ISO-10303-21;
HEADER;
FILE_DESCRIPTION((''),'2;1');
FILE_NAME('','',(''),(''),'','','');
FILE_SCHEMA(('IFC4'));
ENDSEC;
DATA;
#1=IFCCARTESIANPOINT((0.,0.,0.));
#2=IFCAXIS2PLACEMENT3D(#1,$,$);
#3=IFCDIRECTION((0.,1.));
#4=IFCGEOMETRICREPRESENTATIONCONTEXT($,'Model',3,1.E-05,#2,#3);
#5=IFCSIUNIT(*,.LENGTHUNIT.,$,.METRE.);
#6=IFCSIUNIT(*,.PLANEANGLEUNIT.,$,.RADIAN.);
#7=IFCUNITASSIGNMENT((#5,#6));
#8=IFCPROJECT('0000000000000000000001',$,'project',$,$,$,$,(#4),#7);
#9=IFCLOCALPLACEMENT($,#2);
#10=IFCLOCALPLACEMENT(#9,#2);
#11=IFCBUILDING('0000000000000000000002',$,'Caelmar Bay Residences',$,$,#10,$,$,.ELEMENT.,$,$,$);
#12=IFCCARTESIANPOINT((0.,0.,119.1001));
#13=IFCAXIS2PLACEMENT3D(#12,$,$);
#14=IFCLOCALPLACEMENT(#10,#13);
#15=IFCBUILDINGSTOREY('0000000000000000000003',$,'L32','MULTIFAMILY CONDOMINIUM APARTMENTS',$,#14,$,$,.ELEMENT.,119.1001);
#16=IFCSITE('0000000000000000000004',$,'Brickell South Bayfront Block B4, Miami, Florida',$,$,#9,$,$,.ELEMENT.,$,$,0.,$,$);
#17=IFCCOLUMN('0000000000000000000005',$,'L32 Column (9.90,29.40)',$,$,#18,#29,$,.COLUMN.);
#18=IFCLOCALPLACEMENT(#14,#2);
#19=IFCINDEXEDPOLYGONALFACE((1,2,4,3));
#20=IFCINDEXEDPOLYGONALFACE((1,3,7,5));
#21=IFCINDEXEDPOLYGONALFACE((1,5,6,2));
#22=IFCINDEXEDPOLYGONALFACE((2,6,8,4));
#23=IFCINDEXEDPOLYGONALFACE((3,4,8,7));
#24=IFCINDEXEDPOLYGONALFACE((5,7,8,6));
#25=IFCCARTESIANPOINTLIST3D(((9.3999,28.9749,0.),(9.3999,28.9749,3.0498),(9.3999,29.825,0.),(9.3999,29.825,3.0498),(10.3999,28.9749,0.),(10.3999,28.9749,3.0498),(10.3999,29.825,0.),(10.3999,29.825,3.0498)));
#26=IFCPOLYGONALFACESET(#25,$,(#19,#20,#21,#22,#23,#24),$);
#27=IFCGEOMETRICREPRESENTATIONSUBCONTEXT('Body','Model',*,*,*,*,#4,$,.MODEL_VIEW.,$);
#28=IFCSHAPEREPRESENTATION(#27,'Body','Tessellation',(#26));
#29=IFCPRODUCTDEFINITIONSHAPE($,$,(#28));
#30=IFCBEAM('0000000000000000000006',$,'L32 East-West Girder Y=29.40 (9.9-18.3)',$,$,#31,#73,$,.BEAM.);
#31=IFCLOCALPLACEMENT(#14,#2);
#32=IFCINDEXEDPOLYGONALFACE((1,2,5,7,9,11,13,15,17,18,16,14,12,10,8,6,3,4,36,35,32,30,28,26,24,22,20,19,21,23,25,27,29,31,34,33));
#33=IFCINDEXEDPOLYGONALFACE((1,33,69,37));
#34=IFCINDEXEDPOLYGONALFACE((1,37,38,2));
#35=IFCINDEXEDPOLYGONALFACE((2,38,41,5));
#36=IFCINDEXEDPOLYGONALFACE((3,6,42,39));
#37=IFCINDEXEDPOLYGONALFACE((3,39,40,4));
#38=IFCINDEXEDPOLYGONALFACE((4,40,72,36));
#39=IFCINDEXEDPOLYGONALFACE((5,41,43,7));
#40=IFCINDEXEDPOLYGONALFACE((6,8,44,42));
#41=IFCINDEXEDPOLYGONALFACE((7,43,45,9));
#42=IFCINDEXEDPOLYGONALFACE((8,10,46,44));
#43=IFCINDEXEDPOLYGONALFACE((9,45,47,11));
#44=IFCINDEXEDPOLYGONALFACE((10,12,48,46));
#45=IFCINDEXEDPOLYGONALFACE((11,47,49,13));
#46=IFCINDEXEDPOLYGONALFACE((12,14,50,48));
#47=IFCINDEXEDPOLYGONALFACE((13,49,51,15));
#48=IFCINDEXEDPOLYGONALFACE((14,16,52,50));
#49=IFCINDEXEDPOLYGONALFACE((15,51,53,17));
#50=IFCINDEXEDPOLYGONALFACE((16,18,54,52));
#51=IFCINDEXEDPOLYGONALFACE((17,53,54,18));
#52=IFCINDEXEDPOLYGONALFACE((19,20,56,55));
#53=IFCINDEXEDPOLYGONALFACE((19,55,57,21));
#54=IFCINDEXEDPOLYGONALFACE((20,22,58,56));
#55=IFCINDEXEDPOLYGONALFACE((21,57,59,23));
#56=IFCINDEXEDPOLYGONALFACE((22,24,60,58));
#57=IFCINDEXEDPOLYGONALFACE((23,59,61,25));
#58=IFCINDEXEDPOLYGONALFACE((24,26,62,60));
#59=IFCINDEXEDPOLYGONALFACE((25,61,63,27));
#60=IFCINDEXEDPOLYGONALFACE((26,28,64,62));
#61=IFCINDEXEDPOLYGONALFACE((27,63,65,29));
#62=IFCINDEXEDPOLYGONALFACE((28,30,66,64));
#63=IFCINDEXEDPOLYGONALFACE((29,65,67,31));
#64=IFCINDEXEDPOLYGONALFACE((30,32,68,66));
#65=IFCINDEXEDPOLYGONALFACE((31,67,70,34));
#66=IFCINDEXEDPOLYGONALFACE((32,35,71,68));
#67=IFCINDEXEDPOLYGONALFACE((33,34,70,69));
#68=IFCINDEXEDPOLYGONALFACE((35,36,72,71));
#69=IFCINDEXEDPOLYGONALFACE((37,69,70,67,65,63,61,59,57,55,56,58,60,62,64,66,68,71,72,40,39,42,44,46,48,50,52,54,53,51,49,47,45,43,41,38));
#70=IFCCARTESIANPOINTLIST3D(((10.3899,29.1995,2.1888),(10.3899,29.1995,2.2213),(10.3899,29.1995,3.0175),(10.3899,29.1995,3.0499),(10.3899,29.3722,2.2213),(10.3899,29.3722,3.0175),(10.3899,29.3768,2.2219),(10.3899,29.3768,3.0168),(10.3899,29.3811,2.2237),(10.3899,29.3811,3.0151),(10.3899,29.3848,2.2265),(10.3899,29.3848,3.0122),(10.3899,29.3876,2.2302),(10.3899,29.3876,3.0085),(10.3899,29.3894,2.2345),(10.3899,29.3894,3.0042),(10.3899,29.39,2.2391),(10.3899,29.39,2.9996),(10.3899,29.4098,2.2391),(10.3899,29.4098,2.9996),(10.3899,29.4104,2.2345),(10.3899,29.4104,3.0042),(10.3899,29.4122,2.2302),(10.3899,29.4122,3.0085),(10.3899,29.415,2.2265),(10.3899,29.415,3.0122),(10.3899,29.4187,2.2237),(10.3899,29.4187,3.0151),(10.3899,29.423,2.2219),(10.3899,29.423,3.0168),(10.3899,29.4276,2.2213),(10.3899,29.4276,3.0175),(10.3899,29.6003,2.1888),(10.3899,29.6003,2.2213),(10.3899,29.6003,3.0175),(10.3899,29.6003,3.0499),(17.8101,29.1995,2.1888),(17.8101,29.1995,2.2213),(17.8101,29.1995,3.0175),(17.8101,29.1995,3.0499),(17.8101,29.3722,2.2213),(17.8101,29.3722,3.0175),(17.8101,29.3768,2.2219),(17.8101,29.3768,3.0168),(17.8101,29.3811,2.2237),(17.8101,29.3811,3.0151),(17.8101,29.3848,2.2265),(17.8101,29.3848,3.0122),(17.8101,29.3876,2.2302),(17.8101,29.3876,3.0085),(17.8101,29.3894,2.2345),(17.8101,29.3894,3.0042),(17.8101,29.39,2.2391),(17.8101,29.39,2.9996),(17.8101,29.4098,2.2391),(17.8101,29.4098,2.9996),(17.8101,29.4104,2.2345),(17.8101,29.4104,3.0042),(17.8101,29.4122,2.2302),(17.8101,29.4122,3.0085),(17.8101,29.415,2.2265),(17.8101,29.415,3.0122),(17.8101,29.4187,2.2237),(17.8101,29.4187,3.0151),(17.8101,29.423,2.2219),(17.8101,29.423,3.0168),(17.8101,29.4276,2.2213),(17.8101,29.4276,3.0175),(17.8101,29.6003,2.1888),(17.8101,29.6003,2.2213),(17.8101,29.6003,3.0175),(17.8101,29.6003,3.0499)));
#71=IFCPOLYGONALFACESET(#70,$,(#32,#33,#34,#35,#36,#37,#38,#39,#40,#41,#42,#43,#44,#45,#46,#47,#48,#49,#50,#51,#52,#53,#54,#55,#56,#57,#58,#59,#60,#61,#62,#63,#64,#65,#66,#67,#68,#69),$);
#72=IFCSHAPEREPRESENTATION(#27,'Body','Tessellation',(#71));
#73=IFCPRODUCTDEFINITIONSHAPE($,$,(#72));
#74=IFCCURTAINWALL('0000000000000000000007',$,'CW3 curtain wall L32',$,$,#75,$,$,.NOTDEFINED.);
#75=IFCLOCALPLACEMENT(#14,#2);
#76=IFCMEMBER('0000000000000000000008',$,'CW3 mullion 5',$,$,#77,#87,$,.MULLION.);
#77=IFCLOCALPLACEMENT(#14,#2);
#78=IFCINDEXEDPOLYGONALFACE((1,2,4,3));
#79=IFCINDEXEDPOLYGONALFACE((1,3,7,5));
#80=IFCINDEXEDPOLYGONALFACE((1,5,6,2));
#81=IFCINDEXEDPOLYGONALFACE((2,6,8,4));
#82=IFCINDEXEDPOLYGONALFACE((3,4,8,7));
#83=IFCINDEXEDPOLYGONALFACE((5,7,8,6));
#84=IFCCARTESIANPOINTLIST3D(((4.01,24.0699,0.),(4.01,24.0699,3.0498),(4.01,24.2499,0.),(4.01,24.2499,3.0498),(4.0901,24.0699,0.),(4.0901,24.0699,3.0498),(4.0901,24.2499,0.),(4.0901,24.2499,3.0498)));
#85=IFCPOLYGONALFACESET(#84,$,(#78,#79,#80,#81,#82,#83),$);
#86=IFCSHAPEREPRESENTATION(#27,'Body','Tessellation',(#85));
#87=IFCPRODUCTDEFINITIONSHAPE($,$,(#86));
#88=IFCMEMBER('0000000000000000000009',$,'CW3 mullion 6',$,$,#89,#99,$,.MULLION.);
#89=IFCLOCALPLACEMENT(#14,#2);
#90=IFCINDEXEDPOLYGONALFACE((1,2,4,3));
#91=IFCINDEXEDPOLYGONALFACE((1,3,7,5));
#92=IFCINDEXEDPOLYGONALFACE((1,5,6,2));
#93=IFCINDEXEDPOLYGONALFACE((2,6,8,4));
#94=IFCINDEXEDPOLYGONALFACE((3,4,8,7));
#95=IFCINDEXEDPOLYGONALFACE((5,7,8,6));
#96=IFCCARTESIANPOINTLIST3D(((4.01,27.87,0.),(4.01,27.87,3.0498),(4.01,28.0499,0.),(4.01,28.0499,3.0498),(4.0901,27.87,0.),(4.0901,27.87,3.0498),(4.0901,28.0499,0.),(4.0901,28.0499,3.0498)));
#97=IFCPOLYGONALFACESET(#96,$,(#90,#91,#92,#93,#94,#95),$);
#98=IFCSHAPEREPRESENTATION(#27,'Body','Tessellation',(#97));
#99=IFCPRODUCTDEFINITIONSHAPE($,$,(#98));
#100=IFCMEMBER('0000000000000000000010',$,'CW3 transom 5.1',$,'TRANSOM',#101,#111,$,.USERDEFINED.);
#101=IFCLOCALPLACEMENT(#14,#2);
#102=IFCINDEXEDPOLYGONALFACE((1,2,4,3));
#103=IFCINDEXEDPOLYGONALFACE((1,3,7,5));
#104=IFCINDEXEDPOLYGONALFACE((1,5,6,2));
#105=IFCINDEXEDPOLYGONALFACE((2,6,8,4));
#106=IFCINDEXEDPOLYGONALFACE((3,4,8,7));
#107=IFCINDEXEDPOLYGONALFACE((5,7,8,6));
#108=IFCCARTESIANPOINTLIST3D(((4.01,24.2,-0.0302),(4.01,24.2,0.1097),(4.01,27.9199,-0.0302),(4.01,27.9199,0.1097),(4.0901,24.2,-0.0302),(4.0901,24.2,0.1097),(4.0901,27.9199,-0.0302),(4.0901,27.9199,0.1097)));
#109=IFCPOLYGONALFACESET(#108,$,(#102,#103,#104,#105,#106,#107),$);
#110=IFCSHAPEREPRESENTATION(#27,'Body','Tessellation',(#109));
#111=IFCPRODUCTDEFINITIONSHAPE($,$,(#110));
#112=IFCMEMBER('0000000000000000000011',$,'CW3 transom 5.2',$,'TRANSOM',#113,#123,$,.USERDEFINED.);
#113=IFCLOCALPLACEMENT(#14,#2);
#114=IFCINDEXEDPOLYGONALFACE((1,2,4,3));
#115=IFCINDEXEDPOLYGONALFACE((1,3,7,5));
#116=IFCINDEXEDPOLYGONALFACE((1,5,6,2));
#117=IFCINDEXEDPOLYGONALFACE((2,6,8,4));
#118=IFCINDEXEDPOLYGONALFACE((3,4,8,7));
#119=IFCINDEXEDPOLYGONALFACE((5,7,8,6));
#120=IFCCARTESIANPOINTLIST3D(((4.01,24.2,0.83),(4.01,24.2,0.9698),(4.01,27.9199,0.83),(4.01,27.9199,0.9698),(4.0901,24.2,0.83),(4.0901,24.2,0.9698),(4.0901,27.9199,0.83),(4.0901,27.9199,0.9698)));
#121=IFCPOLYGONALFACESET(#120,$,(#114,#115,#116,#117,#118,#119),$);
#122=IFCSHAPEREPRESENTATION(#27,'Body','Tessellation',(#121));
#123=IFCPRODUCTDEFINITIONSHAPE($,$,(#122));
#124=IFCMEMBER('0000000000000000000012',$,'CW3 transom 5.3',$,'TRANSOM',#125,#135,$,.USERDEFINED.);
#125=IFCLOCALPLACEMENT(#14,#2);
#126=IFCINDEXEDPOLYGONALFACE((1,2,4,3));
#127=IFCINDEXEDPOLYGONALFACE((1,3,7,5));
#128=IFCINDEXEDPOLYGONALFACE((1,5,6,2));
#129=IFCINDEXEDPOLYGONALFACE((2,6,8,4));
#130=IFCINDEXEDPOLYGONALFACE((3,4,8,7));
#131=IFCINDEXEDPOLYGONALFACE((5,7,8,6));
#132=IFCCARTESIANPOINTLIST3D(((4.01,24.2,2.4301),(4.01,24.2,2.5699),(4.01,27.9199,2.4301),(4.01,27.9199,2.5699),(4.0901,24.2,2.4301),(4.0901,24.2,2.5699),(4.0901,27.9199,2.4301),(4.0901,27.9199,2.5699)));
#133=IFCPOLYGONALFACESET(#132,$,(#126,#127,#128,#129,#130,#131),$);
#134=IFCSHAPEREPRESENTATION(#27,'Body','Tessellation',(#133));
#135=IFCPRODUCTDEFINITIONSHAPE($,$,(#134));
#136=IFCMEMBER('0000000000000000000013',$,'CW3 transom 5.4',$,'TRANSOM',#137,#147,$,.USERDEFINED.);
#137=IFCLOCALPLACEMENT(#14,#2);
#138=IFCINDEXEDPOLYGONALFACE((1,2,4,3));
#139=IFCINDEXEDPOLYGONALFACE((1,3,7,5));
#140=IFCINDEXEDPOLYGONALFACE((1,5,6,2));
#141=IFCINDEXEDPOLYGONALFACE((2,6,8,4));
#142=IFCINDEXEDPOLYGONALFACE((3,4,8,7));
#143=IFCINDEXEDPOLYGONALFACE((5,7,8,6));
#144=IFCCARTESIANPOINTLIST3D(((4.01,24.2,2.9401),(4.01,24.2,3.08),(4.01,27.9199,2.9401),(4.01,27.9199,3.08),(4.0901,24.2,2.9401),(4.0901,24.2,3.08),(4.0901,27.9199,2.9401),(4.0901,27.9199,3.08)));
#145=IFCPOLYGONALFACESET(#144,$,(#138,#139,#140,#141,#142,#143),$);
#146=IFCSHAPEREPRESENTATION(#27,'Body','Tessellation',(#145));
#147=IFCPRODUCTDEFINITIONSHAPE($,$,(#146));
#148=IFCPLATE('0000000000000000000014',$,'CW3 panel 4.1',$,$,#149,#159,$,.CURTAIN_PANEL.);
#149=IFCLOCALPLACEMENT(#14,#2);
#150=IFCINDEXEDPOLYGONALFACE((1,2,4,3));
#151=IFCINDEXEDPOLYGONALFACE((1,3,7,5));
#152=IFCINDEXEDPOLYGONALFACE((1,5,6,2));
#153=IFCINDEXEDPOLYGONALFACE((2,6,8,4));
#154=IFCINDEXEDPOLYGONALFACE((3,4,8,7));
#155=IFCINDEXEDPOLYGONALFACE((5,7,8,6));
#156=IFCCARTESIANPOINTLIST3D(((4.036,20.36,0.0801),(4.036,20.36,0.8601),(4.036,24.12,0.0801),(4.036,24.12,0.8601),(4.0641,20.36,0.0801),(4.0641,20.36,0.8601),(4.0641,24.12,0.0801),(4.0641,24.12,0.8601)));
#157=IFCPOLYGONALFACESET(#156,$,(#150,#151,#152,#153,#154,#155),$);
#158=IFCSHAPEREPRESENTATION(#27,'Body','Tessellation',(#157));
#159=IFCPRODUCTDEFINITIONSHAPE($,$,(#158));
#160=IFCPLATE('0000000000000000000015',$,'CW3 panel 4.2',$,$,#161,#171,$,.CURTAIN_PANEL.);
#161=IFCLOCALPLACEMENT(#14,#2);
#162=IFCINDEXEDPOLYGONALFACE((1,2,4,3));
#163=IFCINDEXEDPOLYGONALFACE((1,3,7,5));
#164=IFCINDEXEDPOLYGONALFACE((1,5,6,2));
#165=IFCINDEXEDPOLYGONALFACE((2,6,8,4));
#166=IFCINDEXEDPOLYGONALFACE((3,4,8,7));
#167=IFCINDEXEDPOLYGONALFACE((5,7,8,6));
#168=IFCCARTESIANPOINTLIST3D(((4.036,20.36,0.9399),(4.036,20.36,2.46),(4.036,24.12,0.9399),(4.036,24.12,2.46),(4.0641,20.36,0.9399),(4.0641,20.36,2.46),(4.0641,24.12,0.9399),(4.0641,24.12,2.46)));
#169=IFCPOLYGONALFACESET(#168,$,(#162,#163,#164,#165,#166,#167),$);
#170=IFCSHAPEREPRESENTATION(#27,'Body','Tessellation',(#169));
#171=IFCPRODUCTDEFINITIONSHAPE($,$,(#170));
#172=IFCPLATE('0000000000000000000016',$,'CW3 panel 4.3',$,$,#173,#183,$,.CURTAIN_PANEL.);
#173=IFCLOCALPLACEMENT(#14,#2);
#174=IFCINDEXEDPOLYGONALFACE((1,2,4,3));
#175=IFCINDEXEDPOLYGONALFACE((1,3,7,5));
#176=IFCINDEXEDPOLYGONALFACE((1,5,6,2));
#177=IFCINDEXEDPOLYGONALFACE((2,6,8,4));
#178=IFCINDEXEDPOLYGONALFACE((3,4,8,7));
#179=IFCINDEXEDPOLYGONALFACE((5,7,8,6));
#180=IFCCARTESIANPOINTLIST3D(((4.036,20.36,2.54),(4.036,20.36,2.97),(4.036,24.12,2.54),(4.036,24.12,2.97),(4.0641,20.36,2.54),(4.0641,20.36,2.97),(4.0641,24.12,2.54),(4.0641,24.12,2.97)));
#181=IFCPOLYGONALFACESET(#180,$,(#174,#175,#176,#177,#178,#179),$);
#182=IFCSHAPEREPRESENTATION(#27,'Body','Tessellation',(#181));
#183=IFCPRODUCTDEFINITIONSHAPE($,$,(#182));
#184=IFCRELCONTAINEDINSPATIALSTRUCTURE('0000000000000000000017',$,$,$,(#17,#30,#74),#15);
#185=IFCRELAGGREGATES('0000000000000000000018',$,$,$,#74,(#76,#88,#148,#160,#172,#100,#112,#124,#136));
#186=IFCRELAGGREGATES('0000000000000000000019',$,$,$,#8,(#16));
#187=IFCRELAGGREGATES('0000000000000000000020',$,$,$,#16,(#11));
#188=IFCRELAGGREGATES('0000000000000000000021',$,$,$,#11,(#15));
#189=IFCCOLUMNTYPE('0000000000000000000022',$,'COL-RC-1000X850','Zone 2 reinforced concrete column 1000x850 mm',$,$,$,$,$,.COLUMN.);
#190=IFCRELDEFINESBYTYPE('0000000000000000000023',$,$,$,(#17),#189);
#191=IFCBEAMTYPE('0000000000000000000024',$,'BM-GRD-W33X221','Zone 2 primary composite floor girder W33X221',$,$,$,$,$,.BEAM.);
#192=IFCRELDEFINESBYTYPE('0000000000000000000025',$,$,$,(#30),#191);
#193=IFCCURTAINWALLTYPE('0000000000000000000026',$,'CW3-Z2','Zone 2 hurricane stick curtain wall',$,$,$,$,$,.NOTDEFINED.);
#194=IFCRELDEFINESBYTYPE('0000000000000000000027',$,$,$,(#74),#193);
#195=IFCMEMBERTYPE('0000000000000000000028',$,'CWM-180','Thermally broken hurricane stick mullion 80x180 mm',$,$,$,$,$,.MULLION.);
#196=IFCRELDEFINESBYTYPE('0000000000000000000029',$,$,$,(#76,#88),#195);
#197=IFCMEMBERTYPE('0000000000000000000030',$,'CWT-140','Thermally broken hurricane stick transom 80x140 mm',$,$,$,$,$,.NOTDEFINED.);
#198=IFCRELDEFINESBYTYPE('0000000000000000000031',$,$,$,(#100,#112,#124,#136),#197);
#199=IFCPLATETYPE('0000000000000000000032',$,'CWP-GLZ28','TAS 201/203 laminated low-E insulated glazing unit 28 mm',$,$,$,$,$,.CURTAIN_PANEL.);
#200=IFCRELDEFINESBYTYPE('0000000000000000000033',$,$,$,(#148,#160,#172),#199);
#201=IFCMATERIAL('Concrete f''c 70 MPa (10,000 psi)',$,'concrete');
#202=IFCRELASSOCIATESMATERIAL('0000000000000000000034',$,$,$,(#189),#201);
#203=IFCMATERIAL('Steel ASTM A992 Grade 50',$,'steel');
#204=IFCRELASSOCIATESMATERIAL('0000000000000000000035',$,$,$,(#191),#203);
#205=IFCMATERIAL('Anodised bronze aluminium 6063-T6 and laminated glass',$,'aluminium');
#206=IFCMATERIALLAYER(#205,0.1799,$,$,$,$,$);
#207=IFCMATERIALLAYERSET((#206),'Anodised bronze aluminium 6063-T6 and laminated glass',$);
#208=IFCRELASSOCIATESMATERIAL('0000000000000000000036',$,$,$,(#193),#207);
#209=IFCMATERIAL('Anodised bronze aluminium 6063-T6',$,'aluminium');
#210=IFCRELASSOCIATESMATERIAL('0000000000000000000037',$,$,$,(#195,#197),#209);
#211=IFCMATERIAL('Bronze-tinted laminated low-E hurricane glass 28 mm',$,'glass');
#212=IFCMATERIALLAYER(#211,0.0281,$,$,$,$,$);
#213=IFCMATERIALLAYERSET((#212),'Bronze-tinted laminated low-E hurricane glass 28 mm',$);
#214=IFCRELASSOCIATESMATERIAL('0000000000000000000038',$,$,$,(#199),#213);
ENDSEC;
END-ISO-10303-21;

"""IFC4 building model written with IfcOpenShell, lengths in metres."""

from ifc_helpers import new_model, si_unit, direction, frame, origin, origin_2d, place, context, subcontext, project, spatial, rectangle, i_section, extrude, material, layer, layer_set, material_profile, profile_set, type_object, element, aggregate, save


model = new_model("IFC4")

# Units and contexts
model_context = context("Model", 3, precision=1e-05, world=origin(), true_north=direction((0.0, 1.0)))
body_context = subcontext(model_context, "Body", "Model", "MODEL_VIEW")
ifc_project = project(units=[si_unit("LENGTHUNIT", "METRE"), si_unit("PLANEANGLEUNIT", "RADIAN")], contexts=[model_context])

# Site, building, storey
site_placement = place(None, origin())
site = spatial("IfcSite", under=ifc_project, at=site_placement, Name="Brickell South Bayfront Block B4, Miami, Florida", CompositionType="ELEMENT", RefElevation=0.0)
building_placement = place(site_placement, origin())
building = spatial("IfcBuilding", under=site, at=building_placement, Name="Caelmar Bay Residences", CompositionType="ELEMENT")
storey_placement = place(building_placement, frame((0.0, 0.0, 119.1001)))
storey = spatial("IfcBuildingStorey", under=building, at=storey_placement, Name="L32", Description="MULTIFAMILY CONDOMINIUM APARTMENTS", CompositionType="ELEMENT", Elevation=119.1001)

# Column
ifc_material_1 = material(Name="Concrete f'c 70 MPa (10,000 psi)", Category="concrete")
ifc_material_profile_1 = material_profile(ifc_material_1, rectangle(XDim=1.0, YDim=0.8501, at=origin_2d()), Name="RC-COL-1000X850")
ifc_profile_set_1 = profile_set([ifc_material_profile_1], Name="Concrete f'c 70 MPa (10,000 psi)")
column_type = type_object("IfcColumnType", Name="COL-RC-1000X850", Description="Zone 2 reinforced concrete column 1000x850 mm", PredefinedType="COLUMN", material=ifc_profile_set_1)
column_placement = place(storey_placement, frame((9.8999, 29.3999, 0.0), z_axis=(0.0, 0.0, 1.0), x_axis=(1.0, 0.0, 0.0)))
element("IfcColumn", 1, at=column_placement, inside=storey, type_object=column_type, Name="L32 Column (9.90,29.40)", PredefinedType="COLUMN", context=body_context, shape_type="SweptSolid", body=[
    extrude(rectangle(XDim=1.0, YDim=0.8501, at=origin_2d()), origin(), (0.0, 0.0, 1.0), 3.0498),
])

# Beam
ifc_material_2 = material(Name="Steel ASTM A992 Grade 50", Category="steel")
ifc_material_profile_2 = material_profile(ifc_material_2, i_section(OverallWidth=0.4009, OverallDepth=0.8611, WebThickness=0.0198, FlangeThickness=0.0325, FilletRadius=0.0178, at=origin_2d()), Name="W33X221")
ifc_profile_set_2 = profile_set([ifc_material_profile_2], Name="Steel ASTM A992 Grade 50")
beam_type = type_object("IfcBeamType", Name="BM-GRD-W33X221", Description="Zone 2 primary composite floor girder W33X221", PredefinedType="BEAM", material=ifc_profile_set_2)
beam_placement = place(storey_placement, frame((10.3899, 29.3999, 2.6194), z_axis=(1.0, 0.0, 0.0), x_axis=(0.0, 1.0, 0.0)))
element("IfcBeam", 2, at=beam_placement, inside=storey, type_object=beam_type, Name="L32 East-West Girder Y=29.40 (9.9-18.3)", PredefinedType="BEAM", context=body_context, shape_type="SweptSolid", body=[
    extrude(i_section(OverallWidth=0.4009, OverallDepth=0.8611, WebThickness=0.0198, FlangeThickness=0.0325, FilletRadius=0.0178, at=origin_2d()), origin(), (0.0, 0.0, 1.0), 7.4202),
])

# Curtain wall, members, plates
ifc_material_3 = material(Name="Anodised bronze aluminium 6063-T6 and laminated glass", Category="aluminium")
ifc_layer_1 = layer(ifc_material_3, 0.1799)
ifc_layer_set_1 = layer_set([ifc_layer_1], Name="Anodised bronze aluminium 6063-T6 and laminated glass")
curtain_wall_type = type_object("IfcCurtainWallType", Name="CW3-Z2", Description="Zone 2 hurricane stick curtain wall", PredefinedType="NOTDEFINED", material=ifc_layer_set_1)
curtain_wall_placement = place(storey_placement, origin())
curtain_wall = element("IfcCurtainWall", 3, at=curtain_wall_placement, inside=storey, type_object=curtain_wall_type, Name="CW3 curtain wall L32", PredefinedType="NOTDEFINED")
ifc_material_4 = material(Name="Anodised bronze aluminium 6063-T6", Category="aluminium")
ifc_material_profile_3 = material_profile(ifc_material_4, rectangle(XDim=0.0801, YDim=0.1799, at=origin_2d()), Name="CWM-80X180")
ifc_profile_set_3 = profile_set([ifc_material_profile_3], Name="Anodised bronze aluminium 6063-T6")
member_type_1 = type_object("IfcMemberType", Name="CWM-180", Description="Thermally broken hurricane stick mullion 80x180 mm", PredefinedType="MULLION", material=ifc_profile_set_3)
member_1_placement = place(storey_placement, frame((4.05, 24.1599, 0.0), z_axis=(0.0, 0.0, 1.0), x_axis=(-1.0, 0.0, 0.0)))
member_1 = element("IfcMember", 4, at=member_1_placement, type_object=member_type_1, Name="CW3 mullion 5", PredefinedType="MULLION", context=body_context, shape_type="SweptSolid", body=[
    extrude(rectangle(XDim=0.0801, YDim=0.1799, at=origin_2d()), origin(), (0.0, 0.0, 1.0), 3.0498),
])
member_2_placement = place(storey_placement, frame((4.05, 27.96, 0.0), z_axis=(0.0, 0.0, 1.0), x_axis=(-1.0, 0.0, 0.0)))
member_2 = element("IfcMember", 5, at=member_2_placement, type_object=member_type_1, Name="CW3 mullion 6", PredefinedType="MULLION", context=body_context, shape_type="SweptSolid", body=[
    extrude(rectangle(XDim=0.0801, YDim=0.1799, at=origin_2d()), origin(), (0.0, 0.0, 1.0), 3.0498),
])
ifc_material_profile_4 = material_profile(ifc_material_4, rectangle(XDim=0.0801, YDim=0.1399, at=origin_2d()), Name="CWT-80X140")
ifc_profile_set_4 = profile_set([ifc_material_profile_4], Name="Anodised bronze aluminium 6063-T6")
member_type_2 = type_object("IfcMemberType", Name="CWT-140", Description="Thermally broken hurricane stick transom 80x140 mm", PredefinedType="NOTDEFINED", material=ifc_profile_set_4)
member_3_placement = place(storey_placement, frame((4.05, 24.2, 0.0398), z_axis=(0.0, 1.0, 0.0), x_axis=(-1.0, 0.0, 0.0)))
member_3 = element("IfcMember", 6, at=member_3_placement, type_object=member_type_2, Name="CW3 transom 5.1", ObjectType="TRANSOM", PredefinedType="USERDEFINED", context=body_context, shape_type="SweptSolid", body=[
    extrude(rectangle(XDim=0.0801, YDim=0.1399, at=origin_2d()), origin(), (0.0, 0.0, 1.0), 3.72),
])
member_4_placement = place(storey_placement, frame((4.05, 24.2, 0.8999), z_axis=(0.0, 1.0, 0.0), x_axis=(-1.0, 0.0, 0.0)))
member_4 = element("IfcMember", 7, at=member_4_placement, type_object=member_type_2, Name="CW3 transom 5.2", ObjectType="TRANSOM", PredefinedType="USERDEFINED", context=body_context, shape_type="SweptSolid", body=[
    extrude(rectangle(XDim=0.0801, YDim=0.1399, at=origin_2d()), origin(), (0.0, 0.0, 1.0), 3.72),
])
member_5_placement = place(storey_placement, frame((4.05, 24.2, 2.5), z_axis=(0.0, 1.0, 0.0), x_axis=(-1.0, 0.0, 0.0)))
member_5 = element("IfcMember", 8, at=member_5_placement, type_object=member_type_2, Name="CW3 transom 5.3", ObjectType="TRANSOM", PredefinedType="USERDEFINED", context=body_context, shape_type="SweptSolid", body=[
    extrude(rectangle(XDim=0.0801, YDim=0.1399, at=origin_2d()), origin(), (0.0, 0.0, 1.0), 3.72),
])
member_6_placement = place(storey_placement, frame((4.05, 24.2, 3.01), z_axis=(0.0, 1.0, 0.0), x_axis=(-1.0, 0.0, 0.0)))
member_6 = element("IfcMember", 9, at=member_6_placement, type_object=member_type_2, Name="CW3 transom 5.4", ObjectType="TRANSOM", PredefinedType="USERDEFINED", context=body_context, shape_type="SweptSolid", body=[
    extrude(rectangle(XDim=0.0801, YDim=0.1399, at=origin_2d()), origin(), (0.0, 0.0, 1.0), 3.72),
])
ifc_material_5 = material(Name="Bronze-tinted laminated low-E hurricane glass 28 mm", Category="glass")
ifc_layer_2 = layer(ifc_material_5, 0.0281)
ifc_layer_set_2 = layer_set([ifc_layer_2], Name="Bronze-tinted laminated low-E hurricane glass 28 mm")
plate_type = type_object("IfcPlateType", Name="CWP-GLZ28", Description="TAS 201/203 laminated low-E insulated glazing unit 28 mm", PredefinedType="CURTAIN_PANEL", material=ifc_layer_set_2)
plate_1_placement = place(storey_placement, frame((4.05, 22.24, 0.0801), z_axis=(0.0, 0.0, 1.0), x_axis=(0.0, 1.0, 0.0)))
plate_1 = element("IfcPlate", 10, at=plate_1_placement, type_object=plate_type, Name="CW3 panel 4.1", PredefinedType="CURTAIN_PANEL", context=body_context, shape_type="SweptSolid", body=[
    extrude(rectangle(XDim=3.76, YDim=0.0281, at=origin_2d()), origin(), (0.0, 0.0, 1.0), 0.78),
])
plate_2_placement = place(storey_placement, frame((4.05, 22.24, 0.9399), z_axis=(0.0, 0.0, 1.0), x_axis=(0.0, 1.0, 0.0)))
plate_2 = element("IfcPlate", 11, at=plate_2_placement, type_object=plate_type, Name="CW3 panel 4.2", PredefinedType="CURTAIN_PANEL", context=body_context, shape_type="SweptSolid", body=[
    extrude(rectangle(XDim=3.76, YDim=0.0281, at=origin_2d()), origin(), (0.0, 0.0, 1.0), 1.52),
])
plate_3_placement = place(storey_placement, frame((4.05, 22.24, 2.54), z_axis=(0.0, 0.0, 1.0), x_axis=(0.0, 1.0, 0.0)))
plate_3 = element("IfcPlate", 12, at=plate_3_placement, type_object=plate_type, Name="CW3 panel 4.3", PredefinedType="CURTAIN_PANEL", context=body_context, shape_type="SweptSolid", body=[
    extrude(rectangle(XDim=3.76, YDim=0.0281, at=origin_2d()), origin(), (0.0, 0.0, 1.0), 0.4299),
])
aggregate(curtain_wall, [member_1, member_2, plate_1, plate_2, plate_3, member_3, member_4, member_5, member_6])

save(model, "model.ifc")
